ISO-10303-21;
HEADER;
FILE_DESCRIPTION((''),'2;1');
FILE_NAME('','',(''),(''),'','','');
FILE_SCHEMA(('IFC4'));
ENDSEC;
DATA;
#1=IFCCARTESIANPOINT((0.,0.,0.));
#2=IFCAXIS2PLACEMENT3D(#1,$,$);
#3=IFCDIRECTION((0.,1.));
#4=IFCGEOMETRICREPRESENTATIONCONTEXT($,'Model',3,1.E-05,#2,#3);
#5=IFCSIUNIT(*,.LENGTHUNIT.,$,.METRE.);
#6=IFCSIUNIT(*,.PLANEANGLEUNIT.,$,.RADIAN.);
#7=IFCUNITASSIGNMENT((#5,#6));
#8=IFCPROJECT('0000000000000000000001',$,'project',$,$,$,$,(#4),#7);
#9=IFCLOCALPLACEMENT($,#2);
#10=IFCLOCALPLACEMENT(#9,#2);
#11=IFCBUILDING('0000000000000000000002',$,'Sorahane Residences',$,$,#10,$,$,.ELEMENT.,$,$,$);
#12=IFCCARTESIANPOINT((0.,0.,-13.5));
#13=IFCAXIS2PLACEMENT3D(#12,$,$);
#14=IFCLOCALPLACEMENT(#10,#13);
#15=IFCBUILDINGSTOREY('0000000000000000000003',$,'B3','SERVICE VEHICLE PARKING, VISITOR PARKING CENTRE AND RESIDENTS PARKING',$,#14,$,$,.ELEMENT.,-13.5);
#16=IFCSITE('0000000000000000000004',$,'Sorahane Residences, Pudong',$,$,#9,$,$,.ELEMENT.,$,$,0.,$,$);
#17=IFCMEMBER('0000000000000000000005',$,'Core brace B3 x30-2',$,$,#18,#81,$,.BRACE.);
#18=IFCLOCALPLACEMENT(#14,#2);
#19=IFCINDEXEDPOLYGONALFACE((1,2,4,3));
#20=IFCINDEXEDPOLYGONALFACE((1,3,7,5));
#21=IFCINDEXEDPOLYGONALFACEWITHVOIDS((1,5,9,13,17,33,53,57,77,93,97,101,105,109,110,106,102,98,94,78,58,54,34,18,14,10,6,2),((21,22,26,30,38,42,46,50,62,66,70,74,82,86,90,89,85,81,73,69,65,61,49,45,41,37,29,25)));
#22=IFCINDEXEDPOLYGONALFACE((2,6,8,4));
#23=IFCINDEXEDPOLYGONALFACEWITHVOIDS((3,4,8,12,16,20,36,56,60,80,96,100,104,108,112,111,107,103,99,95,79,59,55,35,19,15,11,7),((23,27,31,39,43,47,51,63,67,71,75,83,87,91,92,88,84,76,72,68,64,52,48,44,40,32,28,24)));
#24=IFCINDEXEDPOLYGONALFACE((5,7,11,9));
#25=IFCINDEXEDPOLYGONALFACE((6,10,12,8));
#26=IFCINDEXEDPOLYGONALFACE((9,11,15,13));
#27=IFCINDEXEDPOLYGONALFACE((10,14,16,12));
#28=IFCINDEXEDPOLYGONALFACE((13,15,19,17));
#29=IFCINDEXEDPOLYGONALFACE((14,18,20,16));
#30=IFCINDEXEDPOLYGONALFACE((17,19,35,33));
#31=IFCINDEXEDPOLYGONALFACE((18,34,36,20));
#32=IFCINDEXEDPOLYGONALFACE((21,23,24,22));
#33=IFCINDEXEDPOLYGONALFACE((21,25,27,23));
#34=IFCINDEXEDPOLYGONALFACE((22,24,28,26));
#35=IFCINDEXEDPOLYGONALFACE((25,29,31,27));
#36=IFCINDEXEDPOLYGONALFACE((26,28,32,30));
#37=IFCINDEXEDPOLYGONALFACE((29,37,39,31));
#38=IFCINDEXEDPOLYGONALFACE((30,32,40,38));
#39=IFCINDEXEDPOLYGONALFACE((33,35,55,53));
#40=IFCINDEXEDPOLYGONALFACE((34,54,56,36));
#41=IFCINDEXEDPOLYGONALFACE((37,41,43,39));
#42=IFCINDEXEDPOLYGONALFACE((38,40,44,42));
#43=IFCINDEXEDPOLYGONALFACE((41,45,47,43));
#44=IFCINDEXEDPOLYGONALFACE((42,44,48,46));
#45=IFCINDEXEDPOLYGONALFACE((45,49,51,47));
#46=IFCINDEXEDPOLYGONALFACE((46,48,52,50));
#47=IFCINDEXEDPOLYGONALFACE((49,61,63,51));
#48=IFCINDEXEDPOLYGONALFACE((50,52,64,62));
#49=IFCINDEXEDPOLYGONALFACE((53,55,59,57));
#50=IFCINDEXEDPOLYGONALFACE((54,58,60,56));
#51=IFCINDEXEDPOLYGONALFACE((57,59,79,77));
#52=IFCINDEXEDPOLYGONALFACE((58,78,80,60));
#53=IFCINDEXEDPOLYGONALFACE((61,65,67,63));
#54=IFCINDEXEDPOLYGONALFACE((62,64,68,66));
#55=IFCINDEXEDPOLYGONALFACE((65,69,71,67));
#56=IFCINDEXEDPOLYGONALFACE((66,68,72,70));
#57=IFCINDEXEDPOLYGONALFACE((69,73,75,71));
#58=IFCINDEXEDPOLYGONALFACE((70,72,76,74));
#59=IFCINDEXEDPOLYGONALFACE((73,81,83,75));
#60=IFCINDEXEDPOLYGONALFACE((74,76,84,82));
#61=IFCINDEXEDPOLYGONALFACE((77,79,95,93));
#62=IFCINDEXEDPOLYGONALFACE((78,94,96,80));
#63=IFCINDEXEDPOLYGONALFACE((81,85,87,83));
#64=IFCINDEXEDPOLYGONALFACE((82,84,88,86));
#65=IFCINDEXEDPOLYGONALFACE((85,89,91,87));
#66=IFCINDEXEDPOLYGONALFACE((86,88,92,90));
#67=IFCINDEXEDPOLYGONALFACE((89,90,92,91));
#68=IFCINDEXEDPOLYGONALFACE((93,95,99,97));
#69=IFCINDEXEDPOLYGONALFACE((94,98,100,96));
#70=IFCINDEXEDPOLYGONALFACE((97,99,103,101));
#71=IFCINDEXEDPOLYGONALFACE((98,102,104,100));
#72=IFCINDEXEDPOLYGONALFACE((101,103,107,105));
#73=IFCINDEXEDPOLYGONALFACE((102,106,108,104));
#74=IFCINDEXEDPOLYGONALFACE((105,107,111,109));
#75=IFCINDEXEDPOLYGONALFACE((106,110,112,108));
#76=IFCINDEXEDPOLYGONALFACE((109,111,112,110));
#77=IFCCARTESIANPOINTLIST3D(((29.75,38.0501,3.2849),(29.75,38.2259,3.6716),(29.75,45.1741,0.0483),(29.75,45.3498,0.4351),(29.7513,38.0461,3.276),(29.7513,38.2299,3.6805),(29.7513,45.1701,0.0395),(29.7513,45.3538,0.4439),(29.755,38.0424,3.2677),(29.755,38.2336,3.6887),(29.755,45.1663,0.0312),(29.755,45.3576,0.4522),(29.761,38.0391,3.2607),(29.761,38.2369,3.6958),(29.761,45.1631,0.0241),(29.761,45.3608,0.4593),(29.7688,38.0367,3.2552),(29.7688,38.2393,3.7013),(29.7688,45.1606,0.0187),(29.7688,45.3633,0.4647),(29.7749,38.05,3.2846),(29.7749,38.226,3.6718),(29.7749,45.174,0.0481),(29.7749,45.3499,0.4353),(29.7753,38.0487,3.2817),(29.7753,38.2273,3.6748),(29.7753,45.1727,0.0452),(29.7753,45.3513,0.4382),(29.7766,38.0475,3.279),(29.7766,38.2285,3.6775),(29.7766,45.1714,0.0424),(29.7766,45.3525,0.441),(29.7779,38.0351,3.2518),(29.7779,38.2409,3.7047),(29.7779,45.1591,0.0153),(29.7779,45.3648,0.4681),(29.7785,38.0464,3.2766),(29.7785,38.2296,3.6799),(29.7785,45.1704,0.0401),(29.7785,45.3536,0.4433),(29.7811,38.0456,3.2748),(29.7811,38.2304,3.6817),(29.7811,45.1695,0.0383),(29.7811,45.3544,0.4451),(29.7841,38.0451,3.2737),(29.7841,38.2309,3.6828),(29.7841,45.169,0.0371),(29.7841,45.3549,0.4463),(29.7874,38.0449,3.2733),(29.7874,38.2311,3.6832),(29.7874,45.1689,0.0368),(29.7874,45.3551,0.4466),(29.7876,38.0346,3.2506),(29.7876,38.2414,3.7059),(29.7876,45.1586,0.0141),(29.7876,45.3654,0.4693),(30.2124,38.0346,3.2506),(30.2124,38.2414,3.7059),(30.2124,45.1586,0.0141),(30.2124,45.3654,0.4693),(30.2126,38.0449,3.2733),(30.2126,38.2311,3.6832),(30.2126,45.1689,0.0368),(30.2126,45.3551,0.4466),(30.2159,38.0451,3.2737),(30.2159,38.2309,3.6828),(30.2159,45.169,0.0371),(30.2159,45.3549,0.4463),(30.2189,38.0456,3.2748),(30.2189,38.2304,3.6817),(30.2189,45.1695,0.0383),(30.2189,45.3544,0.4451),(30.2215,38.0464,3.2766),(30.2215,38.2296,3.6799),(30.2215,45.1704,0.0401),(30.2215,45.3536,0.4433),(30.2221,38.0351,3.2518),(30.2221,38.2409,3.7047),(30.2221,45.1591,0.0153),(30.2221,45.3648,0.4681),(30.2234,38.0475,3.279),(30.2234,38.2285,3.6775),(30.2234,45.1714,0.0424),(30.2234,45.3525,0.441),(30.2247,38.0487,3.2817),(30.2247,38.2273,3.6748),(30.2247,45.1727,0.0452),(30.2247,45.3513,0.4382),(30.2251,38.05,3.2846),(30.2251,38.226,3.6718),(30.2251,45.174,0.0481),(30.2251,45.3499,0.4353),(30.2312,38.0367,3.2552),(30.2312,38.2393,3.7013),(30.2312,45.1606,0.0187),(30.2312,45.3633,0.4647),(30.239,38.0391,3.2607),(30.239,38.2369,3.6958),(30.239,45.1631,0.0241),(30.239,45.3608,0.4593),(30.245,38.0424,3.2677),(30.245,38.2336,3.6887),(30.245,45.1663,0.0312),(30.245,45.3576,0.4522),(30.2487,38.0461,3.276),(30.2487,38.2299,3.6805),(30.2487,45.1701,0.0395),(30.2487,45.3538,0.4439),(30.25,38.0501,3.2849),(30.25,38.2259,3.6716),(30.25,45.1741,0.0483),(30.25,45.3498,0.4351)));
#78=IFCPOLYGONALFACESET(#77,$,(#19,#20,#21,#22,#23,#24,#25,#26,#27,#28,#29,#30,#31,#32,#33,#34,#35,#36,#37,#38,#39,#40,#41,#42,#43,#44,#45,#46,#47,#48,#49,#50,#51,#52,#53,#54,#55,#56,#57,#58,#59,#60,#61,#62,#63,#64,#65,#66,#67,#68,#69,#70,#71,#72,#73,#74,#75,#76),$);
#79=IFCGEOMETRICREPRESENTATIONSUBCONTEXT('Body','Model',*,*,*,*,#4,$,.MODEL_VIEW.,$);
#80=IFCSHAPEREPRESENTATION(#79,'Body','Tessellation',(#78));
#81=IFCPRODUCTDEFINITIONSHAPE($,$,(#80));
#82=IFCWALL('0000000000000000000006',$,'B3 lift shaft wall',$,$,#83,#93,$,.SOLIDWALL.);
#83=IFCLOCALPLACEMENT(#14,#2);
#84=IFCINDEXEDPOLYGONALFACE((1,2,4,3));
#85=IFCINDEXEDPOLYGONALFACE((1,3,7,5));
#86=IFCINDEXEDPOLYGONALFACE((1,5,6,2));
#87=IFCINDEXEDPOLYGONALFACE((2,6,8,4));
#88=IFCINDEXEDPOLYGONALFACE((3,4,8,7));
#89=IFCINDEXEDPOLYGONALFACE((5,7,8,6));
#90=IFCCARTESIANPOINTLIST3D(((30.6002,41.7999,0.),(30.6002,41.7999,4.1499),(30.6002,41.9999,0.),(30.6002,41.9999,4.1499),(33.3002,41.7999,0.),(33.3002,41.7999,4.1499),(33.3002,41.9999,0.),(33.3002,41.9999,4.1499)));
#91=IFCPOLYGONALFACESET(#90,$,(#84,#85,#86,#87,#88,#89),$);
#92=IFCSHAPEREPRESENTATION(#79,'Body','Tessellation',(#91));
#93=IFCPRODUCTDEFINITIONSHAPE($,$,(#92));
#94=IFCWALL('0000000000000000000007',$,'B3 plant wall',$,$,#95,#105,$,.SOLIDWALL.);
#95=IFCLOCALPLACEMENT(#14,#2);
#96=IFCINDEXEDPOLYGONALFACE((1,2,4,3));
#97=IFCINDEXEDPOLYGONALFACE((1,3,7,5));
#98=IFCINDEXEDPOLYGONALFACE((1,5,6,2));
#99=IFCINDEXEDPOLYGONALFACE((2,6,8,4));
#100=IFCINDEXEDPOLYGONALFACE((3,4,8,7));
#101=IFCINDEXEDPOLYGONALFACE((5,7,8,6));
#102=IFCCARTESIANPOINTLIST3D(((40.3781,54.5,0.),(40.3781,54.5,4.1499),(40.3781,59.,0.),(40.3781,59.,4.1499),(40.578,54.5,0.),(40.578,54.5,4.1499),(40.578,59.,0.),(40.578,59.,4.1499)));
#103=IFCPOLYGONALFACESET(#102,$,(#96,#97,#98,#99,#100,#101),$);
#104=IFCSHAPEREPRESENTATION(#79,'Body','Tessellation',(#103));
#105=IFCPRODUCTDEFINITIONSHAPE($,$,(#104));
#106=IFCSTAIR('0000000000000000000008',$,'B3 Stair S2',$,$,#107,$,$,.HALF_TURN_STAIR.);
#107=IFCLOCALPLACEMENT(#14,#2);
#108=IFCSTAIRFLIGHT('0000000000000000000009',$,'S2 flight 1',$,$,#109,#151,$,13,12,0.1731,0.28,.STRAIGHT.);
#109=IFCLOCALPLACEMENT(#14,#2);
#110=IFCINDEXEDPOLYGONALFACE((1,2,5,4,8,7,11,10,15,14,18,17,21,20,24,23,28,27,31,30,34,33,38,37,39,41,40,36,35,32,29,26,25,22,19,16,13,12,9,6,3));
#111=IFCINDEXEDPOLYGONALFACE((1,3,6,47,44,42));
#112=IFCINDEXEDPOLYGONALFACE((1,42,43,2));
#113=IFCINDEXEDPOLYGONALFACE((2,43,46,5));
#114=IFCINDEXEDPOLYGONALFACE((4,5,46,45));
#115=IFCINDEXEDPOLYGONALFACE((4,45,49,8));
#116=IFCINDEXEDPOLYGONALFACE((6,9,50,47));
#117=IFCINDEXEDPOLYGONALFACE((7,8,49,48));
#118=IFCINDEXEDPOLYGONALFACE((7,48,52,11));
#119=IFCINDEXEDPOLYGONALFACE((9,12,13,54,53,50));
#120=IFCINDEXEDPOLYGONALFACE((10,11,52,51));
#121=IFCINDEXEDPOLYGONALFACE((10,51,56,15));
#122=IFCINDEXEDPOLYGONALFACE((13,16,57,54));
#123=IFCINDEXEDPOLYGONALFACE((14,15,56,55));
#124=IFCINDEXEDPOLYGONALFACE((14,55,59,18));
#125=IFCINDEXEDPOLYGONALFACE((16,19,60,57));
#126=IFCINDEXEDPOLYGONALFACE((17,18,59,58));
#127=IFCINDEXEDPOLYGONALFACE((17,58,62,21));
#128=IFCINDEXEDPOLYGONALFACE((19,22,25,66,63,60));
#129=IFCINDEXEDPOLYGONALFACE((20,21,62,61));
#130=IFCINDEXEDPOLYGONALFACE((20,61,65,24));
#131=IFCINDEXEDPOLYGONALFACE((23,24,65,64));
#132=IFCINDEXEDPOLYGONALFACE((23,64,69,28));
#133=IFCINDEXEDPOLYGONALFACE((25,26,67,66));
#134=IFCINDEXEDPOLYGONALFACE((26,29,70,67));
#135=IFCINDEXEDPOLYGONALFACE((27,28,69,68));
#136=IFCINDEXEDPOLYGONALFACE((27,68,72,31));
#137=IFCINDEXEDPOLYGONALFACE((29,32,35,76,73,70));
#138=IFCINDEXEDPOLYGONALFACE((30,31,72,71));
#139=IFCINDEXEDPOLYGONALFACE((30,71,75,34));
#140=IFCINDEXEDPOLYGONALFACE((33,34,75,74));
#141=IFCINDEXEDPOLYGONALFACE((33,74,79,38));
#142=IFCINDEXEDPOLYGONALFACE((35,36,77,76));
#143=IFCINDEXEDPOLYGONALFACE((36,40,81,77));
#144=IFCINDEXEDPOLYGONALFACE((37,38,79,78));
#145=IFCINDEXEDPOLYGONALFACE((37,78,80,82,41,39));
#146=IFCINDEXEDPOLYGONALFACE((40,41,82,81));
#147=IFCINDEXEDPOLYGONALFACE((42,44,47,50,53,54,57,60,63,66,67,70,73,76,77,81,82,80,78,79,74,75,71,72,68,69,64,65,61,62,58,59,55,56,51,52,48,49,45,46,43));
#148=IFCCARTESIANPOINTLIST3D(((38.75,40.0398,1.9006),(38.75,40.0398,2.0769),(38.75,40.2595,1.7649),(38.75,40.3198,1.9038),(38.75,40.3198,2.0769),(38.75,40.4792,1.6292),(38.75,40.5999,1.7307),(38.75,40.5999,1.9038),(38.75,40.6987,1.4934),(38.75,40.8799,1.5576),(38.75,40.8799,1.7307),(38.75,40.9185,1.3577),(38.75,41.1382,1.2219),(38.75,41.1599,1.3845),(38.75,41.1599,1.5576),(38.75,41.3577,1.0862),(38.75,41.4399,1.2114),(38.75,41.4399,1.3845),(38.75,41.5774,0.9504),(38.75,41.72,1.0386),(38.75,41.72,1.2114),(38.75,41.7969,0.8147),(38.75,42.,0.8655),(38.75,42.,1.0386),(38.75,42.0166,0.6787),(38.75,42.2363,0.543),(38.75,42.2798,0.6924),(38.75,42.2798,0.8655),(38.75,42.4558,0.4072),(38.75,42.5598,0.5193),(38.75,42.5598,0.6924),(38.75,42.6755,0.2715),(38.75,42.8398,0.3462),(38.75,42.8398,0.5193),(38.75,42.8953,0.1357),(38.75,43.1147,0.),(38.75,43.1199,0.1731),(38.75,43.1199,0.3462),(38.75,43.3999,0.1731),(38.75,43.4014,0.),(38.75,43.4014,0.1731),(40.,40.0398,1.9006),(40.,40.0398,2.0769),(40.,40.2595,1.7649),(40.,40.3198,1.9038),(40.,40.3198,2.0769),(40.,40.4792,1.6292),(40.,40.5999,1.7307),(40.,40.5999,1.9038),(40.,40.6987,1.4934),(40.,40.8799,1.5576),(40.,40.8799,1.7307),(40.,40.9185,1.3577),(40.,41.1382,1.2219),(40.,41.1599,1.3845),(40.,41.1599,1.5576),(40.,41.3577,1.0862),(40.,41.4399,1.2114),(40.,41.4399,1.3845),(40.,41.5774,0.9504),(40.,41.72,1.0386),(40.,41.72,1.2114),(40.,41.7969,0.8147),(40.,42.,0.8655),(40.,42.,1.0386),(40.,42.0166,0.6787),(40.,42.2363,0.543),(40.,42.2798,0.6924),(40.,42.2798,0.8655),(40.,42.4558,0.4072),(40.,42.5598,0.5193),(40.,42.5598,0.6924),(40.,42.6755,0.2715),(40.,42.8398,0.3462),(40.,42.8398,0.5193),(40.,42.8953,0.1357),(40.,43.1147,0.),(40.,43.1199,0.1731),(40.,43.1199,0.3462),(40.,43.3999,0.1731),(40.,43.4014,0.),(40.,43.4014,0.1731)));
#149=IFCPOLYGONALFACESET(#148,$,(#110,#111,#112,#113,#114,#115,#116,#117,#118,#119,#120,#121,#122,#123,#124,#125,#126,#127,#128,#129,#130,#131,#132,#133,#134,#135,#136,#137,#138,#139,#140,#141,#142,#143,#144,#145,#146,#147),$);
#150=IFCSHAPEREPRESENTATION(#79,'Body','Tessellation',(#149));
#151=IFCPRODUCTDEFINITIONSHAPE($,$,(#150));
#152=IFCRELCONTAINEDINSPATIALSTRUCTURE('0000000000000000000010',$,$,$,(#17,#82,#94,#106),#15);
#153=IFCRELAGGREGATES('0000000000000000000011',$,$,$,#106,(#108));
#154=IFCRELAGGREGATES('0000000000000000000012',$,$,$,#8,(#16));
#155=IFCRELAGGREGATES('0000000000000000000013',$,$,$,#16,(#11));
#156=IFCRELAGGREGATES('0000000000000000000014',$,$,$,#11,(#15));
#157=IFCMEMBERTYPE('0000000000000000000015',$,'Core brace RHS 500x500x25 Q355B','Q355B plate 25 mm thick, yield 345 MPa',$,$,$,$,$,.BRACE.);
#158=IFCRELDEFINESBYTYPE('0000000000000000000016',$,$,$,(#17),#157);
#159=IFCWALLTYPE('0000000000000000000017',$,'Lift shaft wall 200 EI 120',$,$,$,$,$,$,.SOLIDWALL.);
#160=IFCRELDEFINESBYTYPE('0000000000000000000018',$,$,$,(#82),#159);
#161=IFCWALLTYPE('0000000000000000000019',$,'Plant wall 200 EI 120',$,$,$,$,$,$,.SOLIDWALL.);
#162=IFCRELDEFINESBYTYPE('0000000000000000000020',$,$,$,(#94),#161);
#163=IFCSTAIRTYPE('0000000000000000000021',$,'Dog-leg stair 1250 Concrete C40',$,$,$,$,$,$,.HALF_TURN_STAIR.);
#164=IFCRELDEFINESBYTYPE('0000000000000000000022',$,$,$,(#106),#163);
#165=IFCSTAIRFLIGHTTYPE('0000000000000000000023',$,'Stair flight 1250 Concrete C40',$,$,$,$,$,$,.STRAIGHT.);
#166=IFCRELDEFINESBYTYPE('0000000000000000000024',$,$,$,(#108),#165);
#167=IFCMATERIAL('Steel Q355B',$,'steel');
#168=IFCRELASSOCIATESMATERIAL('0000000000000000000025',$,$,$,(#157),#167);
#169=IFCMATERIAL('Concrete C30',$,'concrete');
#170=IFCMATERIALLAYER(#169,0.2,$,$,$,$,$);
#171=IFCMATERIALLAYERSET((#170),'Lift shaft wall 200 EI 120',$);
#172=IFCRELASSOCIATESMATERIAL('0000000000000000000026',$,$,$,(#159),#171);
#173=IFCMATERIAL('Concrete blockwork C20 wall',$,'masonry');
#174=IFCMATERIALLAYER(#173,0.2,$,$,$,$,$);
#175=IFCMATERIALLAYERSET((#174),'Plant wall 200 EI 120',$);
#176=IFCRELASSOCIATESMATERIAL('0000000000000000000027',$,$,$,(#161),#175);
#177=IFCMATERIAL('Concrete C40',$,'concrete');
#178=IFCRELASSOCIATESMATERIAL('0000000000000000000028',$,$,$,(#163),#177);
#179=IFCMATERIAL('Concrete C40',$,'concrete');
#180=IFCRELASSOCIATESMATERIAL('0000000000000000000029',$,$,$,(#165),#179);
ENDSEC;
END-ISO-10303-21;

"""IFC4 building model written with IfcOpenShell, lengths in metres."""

from ifc_helpers import new_model, si_unit, direction, frame, frame_2d, origin, origin_2d, place, context, subcontext, project, spatial, polyline, rectangle, hollow_rectangle, outline, extrude, material, layer, layer_set, material_profile, profile_set, type_object, element, aggregate, save


model = new_model("IFC4")

# Units and contexts
model_context = context("Model", 3, precision=1e-05, world=origin(), true_north=direction((0.0, 1.0)))
body_context = subcontext(model_context, "Body", "Model", "MODEL_VIEW")
ifc_project = project(units=[si_unit("LENGTHUNIT", "METRE"), si_unit("PLANEANGLEUNIT", "RADIAN")], contexts=[model_context])

# Site, building, storey
site_placement = place(None, origin())
site = spatial("IfcSite", under=ifc_project, at=site_placement, Name="Sorahane Residences, Pudong", CompositionType="ELEMENT", RefElevation=0.0)
building_placement = place(site_placement, origin())
building = spatial("IfcBuilding", under=site, at=building_placement, Name="Sorahane Residences", CompositionType="ELEMENT")
storey_placement = place(building_placement, frame((0.0, 0.0, -13.5)))
storey = spatial("IfcBuildingStorey", under=building, at=storey_placement, Name="B3", Description="SERVICE VEHICLE PARKING, VISITOR PARKING CENTRE AND RESIDENTS PARKING", CompositionType="ELEMENT", Elevation=-13.5)

# Member
ifc_material_1 = material(Name="Steel Q355B", Category="steel")
ifc_material_profile_1 = material_profile(ifc_material_1, hollow_rectangle(XDim=0.5, YDim=0.5, WallThickness=0.0249, InnerFilletRadius=0.0125, OuterFilletRadius=0.0376, at=origin_2d()), Name="RHS 500x500x25")
ifc_profile_set_1 = profile_set([ifc_material_profile_1], Name="Steel Q355B")
member_type = type_object("IfcMemberType", Name="Core brace RHS 500x500x25 Q355B", Description="Q355B plate 25 mm thick, yield 345 MPa", PredefinedType="BRACE", material=ifc_profile_set_1)
member_placement = place(storey_placement, frame((30.0, 45.262, 0.2417), z_axis=(0.0, -0.910444, 0.413631), x_axis=(1.0, 0.0, 0.0)))
element("IfcMember", 1, at=member_placement, inside=storey, type_object=member_type, Name="Core brace B3 x30-2", PredefinedType="BRACE", context=body_context, shape_type="SweptSolid", body=[
    extrude(hollow_rectangle(XDim=0.5, YDim=0.5, WallThickness=0.0249, InnerFilletRadius=0.0125, OuterFilletRadius=0.0376, at=origin_2d()), origin(), (0.0, 0.0, 1.0), 7.8247),
])

# Walls
ifc_material_2 = material(Name="Concrete C30", Category="concrete")
ifc_layer_1 = layer(ifc_material_2, 0.2)
ifc_layer_set_1 = layer_set([ifc_layer_1], Name="Lift shaft wall 200 EI 120")
wall_type_1 = type_object("IfcWallType", Name="Lift shaft wall 200 EI 120", PredefinedType="SOLIDWALL", material=ifc_layer_set_1)
wall_1_placement = place(storey_placement, frame((30.6001, 41.8999, 0.0), z_axis=(0.0, 0.0, 1.0), x_axis=(1.0, 0.0, 0.0)))
element("IfcWall", 2, at=wall_1_placement, inside=storey, type_object=wall_type_1, Name="B3 lift shaft wall", PredefinedType="SOLIDWALL", context=body_context, shape_type="SweptSolid", body=[
    extrude(rectangle(XDim=2.7, YDim=0.2, at=frame_2d((1.3501, 0.0))), origin(), (0.0, 0.0, 1.0), 4.1499),
])
ifc_material_3 = material(Name="Concrete blockwork C20 wall", Category="masonry")
ifc_layer_2 = layer(ifc_material_3, 0.2)
ifc_layer_set_2 = layer_set([ifc_layer_2], Name="Plant wall 200 EI 120")
wall_type_2 = type_object("IfcWallType", Name="Plant wall 200 EI 120", PredefinedType="SOLIDWALL", material=ifc_layer_set_2)
wall_2_placement = place(storey_placement, frame((40.478, 54.5, 0.0), z_axis=(0.0, 0.0, 1.0), x_axis=(0.0, 1.0, 0.0)))
element("IfcWall", 3, at=wall_2_placement, inside=storey, type_object=wall_type_2, Name="B3 plant wall", PredefinedType="SOLIDWALL", context=body_context, shape_type="SweptSolid", body=[
    extrude(rectangle(XDim=4.5, YDim=0.2, at=frame_2d((2.25, 0.0))), origin(), (0.0, 0.0, 1.0), 4.1499),
])

# Stair, stair flight
ifc_material_4 = material(Name="Concrete C40", Category="concrete")
stair_type = type_object("IfcStairType", Name="Dog-leg stair 1250 Concrete C40", PredefinedType="HALF_TURN_STAIR", material=ifc_material_4)
stair_placement = place(storey_placement, origin())
stair = element("IfcStair", 4, at=stair_placement, inside=storey, type_object=stair_type, Name="B3 Stair S2", PredefinedType="HALF_TURN_STAIR")
ifc_material_5 = material(Name="Concrete C40", Category="concrete")
stair_flight_type = type_object("IfcStairFlightType", Name="Stair flight 1250 Concrete C40", PredefinedType="STRAIGHT", material=ifc_material_5)
stair_flight_placement = place(storey_placement, frame((39.375, 43.3999, 0.0), z_axis=(0.0, 0.0, 1.0), x_axis=(0.0, -1.0, 0.0)))
stair_flight = element("IfcStairFlight", 5, at=stair_flight_placement, type_object=stair_flight_type, Name="S2 flight 1", NumberOfRisers=13, NumberOfTreads=12, PredefinedType="STRAIGHT", RiserHeight=0.1731, TreadLength=0.28, context=body_context, shape_type="SweptSolid", body=[
    extrude(outline(polyline([(-0.0015, 0.0), (-0.0015, 0.1731), (0.0, 0.1731), (0.28, 0.1731), (0.28, 0.3462), (0.5601, 0.3462), (0.5601, 0.5193), (0.8401, 0.5193), (0.8401, 0.6924), (1.1201, 0.6924), (1.1201, 0.8655), (1.3999, 0.8655), (1.3999, 1.0386), (1.6799, 1.0386), (1.6799, 1.2114), (1.96, 1.2114), (1.96, 1.3845), (2.24, 1.3845), (2.24, 1.5576), (2.52, 1.5576), (2.52, 1.7307), (2.8, 1.7307), (2.8, 1.9038), (3.0801, 1.9038), (3.0801, 2.0769), (3.3601, 2.0769), (3.3601, 2.25), (3.3601, 1.9006), (3.1404, 1.7649), (2.9207, 1.6292), (2.7012, 1.4934), (2.4814, 1.3577), (2.2617, 1.2219), (2.0422, 1.0862), (1.8225, 0.9504), (1.603, 0.8147), (1.3833, 0.6787), (1.1636, 0.543), (0.9441, 0.4072), (0.7244, 0.2715), (0.5046, 0.1357), (0.2852, 0.0), (-0.0015, 0.0)])), frame((0.0, 0.625, 0.0), z_axis=(0.0, -1.0, 0.0), x_axis=(1.0, 0.0, 0.0)), (0.0, 0.0, 1.0), 1.25),
])
aggregate(stair, [stair_flight])

save(model, "model.ifc")
